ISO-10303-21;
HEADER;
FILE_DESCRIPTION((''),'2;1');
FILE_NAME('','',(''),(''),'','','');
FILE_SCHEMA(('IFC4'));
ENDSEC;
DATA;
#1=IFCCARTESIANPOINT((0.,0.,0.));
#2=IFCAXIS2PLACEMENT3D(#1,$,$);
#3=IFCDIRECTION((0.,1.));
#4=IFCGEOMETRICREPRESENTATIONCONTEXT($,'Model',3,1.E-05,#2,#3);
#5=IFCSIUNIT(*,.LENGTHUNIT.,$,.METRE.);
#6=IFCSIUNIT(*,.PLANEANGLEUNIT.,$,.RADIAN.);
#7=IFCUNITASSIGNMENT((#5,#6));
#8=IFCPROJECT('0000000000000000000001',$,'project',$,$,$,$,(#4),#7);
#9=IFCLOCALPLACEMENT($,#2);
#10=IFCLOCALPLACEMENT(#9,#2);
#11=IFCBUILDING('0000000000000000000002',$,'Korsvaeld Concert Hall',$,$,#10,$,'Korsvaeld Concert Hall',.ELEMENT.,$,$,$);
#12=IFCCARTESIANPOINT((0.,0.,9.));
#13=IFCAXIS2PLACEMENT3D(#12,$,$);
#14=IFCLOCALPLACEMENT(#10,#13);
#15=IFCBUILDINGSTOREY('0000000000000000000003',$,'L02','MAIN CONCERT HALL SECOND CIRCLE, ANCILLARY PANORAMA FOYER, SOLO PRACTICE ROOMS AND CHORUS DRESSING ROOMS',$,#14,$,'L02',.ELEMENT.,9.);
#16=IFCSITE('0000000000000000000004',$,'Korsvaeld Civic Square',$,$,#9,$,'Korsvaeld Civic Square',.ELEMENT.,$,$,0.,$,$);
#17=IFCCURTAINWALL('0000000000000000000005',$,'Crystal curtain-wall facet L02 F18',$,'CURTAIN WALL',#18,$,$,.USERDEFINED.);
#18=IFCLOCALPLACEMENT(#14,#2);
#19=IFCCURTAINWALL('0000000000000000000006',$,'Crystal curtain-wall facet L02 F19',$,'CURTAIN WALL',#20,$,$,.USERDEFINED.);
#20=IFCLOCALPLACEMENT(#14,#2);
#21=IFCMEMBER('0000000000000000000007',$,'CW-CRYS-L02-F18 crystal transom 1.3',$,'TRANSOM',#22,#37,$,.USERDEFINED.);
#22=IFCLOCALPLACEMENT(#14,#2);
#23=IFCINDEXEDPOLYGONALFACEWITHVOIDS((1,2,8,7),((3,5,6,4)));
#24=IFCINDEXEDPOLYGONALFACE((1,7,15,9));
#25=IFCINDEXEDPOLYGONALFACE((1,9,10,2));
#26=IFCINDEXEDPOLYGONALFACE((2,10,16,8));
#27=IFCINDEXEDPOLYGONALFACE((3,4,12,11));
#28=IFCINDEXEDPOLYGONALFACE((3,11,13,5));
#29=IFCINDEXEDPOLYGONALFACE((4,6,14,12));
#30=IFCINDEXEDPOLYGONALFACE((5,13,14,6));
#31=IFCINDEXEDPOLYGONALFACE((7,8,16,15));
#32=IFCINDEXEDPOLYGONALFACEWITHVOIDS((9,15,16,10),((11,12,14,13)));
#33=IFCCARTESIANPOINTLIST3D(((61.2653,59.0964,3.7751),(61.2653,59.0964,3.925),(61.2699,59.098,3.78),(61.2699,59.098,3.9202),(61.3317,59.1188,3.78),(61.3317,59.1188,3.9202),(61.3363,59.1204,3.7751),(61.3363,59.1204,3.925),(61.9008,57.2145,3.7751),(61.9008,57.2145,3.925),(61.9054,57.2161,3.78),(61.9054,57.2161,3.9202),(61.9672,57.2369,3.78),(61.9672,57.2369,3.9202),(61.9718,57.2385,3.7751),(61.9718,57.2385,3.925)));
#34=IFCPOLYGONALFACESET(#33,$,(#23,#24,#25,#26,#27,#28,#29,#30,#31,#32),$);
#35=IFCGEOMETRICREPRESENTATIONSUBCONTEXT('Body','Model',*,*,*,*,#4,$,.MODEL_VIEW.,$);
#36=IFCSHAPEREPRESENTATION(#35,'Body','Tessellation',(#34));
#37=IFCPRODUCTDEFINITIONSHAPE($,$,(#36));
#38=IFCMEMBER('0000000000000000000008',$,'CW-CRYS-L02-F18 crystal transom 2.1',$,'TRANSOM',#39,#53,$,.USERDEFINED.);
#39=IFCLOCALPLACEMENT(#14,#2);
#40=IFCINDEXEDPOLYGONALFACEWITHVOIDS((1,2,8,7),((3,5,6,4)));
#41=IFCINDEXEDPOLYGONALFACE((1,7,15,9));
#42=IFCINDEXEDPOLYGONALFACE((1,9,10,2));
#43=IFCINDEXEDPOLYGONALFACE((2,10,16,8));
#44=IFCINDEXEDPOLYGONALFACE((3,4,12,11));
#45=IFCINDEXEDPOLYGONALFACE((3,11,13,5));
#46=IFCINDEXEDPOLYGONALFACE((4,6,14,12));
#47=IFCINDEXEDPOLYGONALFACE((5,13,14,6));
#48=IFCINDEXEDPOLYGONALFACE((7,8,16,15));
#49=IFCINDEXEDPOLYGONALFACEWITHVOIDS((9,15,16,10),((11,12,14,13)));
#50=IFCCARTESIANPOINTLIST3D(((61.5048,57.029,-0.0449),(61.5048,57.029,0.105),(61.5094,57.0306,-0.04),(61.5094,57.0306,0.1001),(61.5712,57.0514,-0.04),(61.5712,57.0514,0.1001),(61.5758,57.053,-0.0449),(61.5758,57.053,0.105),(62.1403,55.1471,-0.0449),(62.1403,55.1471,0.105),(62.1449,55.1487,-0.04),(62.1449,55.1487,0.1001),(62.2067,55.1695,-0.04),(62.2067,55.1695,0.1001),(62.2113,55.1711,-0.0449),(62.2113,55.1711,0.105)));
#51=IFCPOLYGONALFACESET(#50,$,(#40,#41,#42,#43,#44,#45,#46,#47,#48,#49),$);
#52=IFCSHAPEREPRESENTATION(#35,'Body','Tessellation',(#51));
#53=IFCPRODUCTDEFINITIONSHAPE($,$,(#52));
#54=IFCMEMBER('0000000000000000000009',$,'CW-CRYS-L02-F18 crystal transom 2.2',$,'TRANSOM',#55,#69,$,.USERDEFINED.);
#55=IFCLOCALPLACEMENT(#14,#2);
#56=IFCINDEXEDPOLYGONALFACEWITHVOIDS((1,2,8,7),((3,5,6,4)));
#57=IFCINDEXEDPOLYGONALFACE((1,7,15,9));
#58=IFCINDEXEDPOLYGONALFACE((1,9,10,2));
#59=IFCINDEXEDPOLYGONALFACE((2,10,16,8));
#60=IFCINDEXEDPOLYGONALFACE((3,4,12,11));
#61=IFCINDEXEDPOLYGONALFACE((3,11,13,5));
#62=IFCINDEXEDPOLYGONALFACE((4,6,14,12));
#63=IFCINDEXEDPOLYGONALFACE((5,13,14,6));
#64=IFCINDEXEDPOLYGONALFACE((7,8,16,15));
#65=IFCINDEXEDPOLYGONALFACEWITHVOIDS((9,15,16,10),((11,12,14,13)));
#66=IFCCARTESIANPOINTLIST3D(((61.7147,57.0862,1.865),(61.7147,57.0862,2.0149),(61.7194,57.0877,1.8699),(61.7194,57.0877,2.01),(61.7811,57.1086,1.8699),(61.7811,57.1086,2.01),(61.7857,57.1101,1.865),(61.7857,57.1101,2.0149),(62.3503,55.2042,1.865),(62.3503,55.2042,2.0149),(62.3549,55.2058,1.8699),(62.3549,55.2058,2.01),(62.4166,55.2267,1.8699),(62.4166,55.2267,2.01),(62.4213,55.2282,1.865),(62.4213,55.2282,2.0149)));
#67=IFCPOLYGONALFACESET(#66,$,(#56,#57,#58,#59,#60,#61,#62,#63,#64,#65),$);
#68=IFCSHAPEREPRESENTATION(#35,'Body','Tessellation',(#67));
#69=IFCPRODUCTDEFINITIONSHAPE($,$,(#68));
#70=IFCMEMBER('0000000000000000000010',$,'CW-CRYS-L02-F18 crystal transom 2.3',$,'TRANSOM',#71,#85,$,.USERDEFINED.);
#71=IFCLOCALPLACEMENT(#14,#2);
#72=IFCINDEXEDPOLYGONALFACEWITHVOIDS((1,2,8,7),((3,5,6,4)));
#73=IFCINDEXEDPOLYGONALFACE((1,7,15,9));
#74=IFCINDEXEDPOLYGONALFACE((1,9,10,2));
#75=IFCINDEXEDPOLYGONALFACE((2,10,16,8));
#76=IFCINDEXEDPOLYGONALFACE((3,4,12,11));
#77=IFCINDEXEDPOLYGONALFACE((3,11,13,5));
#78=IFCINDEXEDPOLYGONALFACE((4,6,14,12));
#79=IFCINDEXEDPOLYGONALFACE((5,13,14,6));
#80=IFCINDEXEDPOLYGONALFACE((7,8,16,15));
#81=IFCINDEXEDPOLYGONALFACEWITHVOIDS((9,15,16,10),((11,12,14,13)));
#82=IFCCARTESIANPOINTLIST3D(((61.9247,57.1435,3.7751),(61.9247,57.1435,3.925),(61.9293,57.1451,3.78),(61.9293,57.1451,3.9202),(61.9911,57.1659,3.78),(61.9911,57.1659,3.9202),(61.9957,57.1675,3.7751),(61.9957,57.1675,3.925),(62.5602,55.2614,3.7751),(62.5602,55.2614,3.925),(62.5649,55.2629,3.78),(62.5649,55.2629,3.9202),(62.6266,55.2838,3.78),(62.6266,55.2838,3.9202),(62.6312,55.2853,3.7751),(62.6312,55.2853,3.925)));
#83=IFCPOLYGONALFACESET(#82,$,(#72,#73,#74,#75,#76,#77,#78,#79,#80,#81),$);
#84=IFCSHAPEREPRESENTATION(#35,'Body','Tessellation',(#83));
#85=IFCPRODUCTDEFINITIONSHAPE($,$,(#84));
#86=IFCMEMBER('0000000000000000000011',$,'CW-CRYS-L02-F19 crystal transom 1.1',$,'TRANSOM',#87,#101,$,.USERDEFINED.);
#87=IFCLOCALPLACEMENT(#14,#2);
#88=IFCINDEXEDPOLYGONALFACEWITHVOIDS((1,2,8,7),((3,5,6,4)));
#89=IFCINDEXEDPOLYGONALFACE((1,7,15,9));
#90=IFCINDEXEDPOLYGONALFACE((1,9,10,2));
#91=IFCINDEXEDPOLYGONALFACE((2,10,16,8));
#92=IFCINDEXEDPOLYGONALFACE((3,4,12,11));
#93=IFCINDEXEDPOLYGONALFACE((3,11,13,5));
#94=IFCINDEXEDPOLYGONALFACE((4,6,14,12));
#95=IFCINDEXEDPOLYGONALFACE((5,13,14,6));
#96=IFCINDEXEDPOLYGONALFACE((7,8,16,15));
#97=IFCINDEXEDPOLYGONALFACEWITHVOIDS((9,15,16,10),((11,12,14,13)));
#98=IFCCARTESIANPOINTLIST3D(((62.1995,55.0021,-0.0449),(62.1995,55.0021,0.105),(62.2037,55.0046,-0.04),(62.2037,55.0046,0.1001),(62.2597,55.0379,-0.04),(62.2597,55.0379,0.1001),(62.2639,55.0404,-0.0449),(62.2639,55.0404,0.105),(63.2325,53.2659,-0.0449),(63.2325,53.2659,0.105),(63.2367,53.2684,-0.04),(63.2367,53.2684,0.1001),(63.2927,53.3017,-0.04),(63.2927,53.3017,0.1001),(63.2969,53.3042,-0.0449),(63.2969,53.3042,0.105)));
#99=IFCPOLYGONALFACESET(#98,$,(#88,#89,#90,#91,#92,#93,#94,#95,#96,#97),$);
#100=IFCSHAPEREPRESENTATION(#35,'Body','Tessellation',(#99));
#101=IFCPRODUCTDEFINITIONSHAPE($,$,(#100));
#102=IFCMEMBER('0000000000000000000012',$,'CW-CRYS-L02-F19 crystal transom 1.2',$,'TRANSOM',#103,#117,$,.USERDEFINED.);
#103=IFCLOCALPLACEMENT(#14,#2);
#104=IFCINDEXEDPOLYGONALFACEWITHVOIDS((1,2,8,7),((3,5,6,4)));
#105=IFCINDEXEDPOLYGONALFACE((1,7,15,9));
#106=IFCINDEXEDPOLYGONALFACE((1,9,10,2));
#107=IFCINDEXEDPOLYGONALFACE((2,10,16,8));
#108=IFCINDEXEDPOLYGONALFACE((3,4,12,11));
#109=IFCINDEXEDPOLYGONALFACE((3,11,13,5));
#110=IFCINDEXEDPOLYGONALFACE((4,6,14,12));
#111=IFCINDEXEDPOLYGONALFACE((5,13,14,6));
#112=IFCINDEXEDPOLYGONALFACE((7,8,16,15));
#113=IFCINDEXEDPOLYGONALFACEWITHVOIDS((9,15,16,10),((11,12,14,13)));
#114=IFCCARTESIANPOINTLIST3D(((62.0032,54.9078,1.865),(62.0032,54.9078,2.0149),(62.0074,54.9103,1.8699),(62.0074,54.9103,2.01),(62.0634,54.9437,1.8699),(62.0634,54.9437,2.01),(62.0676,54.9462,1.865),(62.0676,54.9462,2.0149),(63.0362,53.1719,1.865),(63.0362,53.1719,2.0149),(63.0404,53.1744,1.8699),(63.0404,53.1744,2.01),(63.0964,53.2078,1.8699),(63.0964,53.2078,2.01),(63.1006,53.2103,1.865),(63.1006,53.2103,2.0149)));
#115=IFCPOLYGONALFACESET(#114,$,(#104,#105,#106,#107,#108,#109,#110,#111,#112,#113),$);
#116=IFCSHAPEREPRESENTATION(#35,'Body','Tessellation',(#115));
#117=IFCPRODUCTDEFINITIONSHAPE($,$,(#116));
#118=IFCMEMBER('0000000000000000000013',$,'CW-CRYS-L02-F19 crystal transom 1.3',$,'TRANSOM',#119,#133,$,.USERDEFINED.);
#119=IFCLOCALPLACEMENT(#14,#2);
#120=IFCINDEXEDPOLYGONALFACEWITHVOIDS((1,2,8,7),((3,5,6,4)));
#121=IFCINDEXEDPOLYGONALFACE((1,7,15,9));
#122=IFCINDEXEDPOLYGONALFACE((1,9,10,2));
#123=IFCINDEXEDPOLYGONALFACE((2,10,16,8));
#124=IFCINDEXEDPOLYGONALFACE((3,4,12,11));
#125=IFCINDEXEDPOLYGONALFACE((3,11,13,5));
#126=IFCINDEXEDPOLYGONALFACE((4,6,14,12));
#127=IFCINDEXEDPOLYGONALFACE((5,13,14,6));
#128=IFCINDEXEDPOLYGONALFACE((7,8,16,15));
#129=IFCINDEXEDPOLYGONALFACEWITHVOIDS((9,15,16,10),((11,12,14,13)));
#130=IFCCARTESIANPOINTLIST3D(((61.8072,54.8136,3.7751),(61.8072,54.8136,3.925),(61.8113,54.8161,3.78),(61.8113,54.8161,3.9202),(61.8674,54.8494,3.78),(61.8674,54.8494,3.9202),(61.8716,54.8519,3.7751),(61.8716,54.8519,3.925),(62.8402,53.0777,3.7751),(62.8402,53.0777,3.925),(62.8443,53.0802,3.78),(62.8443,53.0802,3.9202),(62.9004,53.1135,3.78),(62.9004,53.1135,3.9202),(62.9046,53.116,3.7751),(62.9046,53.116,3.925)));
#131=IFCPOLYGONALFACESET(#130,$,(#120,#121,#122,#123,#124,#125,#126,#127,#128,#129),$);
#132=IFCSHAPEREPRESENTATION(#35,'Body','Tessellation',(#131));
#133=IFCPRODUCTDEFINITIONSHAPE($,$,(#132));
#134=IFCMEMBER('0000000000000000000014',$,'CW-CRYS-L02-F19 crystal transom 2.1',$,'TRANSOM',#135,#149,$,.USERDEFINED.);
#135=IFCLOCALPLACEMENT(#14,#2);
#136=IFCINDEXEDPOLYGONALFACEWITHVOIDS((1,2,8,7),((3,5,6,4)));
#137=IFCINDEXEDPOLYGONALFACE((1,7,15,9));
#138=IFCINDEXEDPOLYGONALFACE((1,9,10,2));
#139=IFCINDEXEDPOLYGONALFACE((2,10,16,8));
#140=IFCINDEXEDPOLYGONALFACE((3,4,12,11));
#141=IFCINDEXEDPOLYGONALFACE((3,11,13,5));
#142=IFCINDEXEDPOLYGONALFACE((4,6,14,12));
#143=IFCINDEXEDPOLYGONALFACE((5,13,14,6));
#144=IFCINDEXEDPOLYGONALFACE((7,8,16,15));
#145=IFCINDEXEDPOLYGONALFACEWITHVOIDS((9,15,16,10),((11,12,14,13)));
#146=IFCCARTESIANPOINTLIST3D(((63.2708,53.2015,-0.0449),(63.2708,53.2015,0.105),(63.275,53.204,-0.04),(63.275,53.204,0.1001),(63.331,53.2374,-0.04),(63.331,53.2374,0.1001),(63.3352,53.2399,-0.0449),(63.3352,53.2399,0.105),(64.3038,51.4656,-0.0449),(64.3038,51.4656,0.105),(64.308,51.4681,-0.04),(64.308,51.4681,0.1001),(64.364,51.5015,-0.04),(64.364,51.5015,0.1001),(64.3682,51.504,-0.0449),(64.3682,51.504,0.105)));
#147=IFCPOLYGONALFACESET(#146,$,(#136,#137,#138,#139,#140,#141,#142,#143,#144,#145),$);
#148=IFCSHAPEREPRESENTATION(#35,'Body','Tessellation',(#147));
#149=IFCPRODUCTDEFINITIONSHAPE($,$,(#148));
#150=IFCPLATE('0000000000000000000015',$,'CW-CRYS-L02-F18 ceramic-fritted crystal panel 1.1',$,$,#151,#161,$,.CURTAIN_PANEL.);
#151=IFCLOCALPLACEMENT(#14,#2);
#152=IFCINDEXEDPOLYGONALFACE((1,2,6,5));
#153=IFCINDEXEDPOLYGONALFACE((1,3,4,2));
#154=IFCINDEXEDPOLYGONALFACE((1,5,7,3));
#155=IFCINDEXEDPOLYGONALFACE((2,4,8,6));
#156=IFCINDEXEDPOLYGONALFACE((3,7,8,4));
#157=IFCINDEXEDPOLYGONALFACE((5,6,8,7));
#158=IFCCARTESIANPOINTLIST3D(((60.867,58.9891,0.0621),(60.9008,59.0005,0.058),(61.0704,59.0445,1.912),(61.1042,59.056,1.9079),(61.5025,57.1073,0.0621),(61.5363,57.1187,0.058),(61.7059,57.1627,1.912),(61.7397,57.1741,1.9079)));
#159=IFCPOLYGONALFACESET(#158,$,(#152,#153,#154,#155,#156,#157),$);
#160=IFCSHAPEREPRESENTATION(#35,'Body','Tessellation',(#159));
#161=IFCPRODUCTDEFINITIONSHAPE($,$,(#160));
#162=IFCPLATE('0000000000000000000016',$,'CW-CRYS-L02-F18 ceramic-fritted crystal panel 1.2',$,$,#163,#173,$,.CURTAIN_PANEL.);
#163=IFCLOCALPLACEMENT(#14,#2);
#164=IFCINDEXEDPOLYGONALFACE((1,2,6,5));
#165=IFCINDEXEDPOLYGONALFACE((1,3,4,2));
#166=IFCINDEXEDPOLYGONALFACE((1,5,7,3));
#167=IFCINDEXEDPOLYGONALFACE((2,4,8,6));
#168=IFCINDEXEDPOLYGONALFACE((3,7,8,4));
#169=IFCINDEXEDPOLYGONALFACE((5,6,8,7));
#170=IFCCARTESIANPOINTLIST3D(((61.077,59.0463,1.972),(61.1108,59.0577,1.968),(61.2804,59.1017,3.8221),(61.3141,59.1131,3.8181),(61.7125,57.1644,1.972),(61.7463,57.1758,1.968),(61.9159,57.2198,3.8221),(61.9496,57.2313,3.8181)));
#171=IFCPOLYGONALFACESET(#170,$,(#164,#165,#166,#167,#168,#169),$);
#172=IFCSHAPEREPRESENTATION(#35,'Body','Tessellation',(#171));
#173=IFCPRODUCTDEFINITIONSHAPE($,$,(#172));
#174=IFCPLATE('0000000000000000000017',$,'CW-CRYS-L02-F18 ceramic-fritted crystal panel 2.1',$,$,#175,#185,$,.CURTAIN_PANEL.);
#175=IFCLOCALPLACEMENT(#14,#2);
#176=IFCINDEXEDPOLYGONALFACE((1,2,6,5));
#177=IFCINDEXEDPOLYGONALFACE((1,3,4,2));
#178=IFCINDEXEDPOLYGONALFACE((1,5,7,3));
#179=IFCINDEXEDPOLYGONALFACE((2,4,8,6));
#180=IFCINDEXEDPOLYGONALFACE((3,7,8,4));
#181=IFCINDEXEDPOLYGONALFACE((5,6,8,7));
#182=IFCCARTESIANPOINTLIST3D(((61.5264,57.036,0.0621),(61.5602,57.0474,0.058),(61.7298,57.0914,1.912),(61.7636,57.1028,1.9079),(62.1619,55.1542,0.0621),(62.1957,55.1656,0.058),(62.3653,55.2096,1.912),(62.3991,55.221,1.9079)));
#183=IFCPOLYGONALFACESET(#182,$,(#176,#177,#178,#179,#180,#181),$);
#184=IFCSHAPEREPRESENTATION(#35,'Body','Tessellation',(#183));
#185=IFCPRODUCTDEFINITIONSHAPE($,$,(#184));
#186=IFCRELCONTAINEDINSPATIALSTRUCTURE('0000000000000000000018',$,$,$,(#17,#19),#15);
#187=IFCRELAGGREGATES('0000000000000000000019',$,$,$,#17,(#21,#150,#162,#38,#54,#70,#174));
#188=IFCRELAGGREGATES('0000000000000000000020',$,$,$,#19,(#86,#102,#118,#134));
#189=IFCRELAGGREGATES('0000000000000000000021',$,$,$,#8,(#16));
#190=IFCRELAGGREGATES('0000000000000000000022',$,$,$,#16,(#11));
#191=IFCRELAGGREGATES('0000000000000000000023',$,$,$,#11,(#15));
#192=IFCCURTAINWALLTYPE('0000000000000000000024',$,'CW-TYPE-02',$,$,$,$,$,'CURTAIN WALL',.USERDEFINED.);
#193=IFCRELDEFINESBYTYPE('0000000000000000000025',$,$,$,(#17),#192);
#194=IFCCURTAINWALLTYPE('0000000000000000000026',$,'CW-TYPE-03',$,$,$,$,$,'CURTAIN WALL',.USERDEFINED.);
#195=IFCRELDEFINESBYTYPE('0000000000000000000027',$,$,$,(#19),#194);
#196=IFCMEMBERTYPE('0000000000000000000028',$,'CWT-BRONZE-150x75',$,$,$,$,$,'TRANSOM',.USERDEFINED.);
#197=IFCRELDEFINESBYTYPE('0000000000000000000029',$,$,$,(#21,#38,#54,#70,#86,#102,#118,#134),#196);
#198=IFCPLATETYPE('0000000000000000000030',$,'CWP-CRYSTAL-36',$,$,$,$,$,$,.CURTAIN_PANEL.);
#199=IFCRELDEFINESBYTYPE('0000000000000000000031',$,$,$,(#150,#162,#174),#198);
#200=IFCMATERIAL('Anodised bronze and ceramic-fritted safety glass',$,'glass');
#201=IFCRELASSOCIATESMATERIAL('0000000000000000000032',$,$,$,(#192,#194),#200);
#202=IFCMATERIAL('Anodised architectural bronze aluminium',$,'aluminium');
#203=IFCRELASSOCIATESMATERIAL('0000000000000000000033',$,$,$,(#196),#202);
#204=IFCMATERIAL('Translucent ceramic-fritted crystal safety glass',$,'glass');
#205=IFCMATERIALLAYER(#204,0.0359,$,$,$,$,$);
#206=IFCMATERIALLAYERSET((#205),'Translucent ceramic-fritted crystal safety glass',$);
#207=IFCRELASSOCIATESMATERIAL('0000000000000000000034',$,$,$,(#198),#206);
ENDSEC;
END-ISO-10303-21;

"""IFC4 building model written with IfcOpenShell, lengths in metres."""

from ifc_helpers import new_model, si_unit, direction, frame, origin, origin_2d, place, context, subcontext, project, spatial, polyline, hollow_rectangle, outline, extrude, material, layer, layer_set, material_profile, profile_set, type_object, element, aggregate, save


model = new_model("IFC4")

# Units and contexts
model_context = context("Model", 3, precision=1e-05, world=origin(), true_north=direction((0.0, 1.0)))
body_context = subcontext(model_context, "Body", "Model", "MODEL_VIEW")
ifc_project = project(units=[si_unit("LENGTHUNIT", "METRE"), si_unit("PLANEANGLEUNIT", "RADIAN")], contexts=[model_context])

# Site, building, storey
site_placement = place(None, origin())
site = spatial("IfcSite", under=ifc_project, at=site_placement, Name="Korsvaeld Civic Square", LongName="Korsvaeld Civic Square", CompositionType="ELEMENT", RefElevation=0.0)
building_placement = place(site_placement, origin())
building = spatial("IfcBuilding", under=site, at=building_placement, Name="Korsvaeld Concert Hall", LongName="Korsvaeld Concert Hall", CompositionType="ELEMENT")
storey_placement = place(building_placement, frame((0.0, 0.0, 9.0)))
storey = spatial("IfcBuildingStorey", under=building, at=storey_placement, Name="L02", Description="MAIN CONCERT HALL SECOND CIRCLE, ANCILLARY PANORAMA FOYER, SOLO PRACTICE ROOMS AND CHORUS DRESSING ROOMS", LongName="L02", CompositionType="ELEMENT", Elevation=9.0)

# Curtain walls
ifc_material_1 = material(Name="Anodised bronze and ceramic-fritted safety glass", Category="glass")
curtain_wall_type_1 = type_object("IfcCurtainWallType", Name="CW-TYPE-02", ElementType="CURTAIN WALL", PredefinedType="USERDEFINED", material=ifc_material_1)
curtain_wall_1_placement = place(storey_placement, origin())
curtain_wall_1 = element("IfcCurtainWall", 1, at=curtain_wall_1_placement, inside=storey, type_object=curtain_wall_type_1, Name="Crystal curtain-wall facet L02 F18", ObjectType="CURTAIN WALL", PredefinedType="USERDEFINED")
ifc_material_2 = material(Name="Anodised architectural bronze aluminium", Category="aluminium")
curtain_wall_type_2 = type_object("IfcCurtainWallType", Name="CW-TYPE-03", ElementType="CURTAIN WALL", PredefinedType="USERDEFINED", material=ifc_material_1)
curtain_wall_2_placement = place(storey_placement, origin())
curtain_wall_2 = element("IfcCurtainWall", 2, at=curtain_wall_2_placement, inside=storey, type_object=curtain_wall_type_2, Name="Crystal curtain-wall facet L02 F19", ObjectType="CURTAIN WALL", PredefinedType="USERDEFINED")

# Members
ifc_material_profile_1 = material_profile(ifc_material_2, hollow_rectangle(XDim=0.075, YDim=0.1499, WallThickness=0.0049, at=origin_2d()), Name="CWT 150x75x5")
ifc_profile_set_1 = profile_set([ifc_material_profile_1], Name="Anodised architectural bronze aluminium")
member_type_1 = type_object("IfcMemberType", Name="CWT-BRONZE-150x75", ElementType="TRANSOM", PredefinedType="USERDEFINED", material=ifc_profile_set_1)
member_1_placement = place(storey_placement, frame((61.3008, 59.1084, 3.8501), z_axis=(0.31995, -0.947435, 0.0), x_axis=(0.947435, 0.31995, 0.0)))
member_1 = element("IfcMember", 3, at=member_1_placement, type_object=member_type_1, Name="CW-CRYS-L02-F18 crystal transom 1.3", ObjectType="TRANSOM", PredefinedType="USERDEFINED", context=body_context, shape_type="SweptSolid", body=[
    extrude(hollow_rectangle(XDim=0.075, YDim=0.1499, WallThickness=0.0049, at=origin_2d()), origin(), (0.0, 0.0, 1.0), 1.9863),
])
member_2_placement = place(storey_placement, frame((61.5403, 57.041, 0.03), z_axis=(0.31995, -0.947435, 0.0), x_axis=(0.947435, 0.31995, 0.0)))
member_2 = element("IfcMember", 4, at=member_2_placement, type_object=member_type_1, Name="CW-CRYS-L02-F18 crystal transom 2.1", ObjectType="TRANSOM", PredefinedType="USERDEFINED", context=body_context, shape_type="SweptSolid", body=[
    extrude(hollow_rectangle(XDim=0.075, YDim=0.1499, WallThickness=0.0049, at=origin_2d()), origin(), (0.0, 0.0, 1.0), 1.9863),
])
member_3_placement = place(storey_placement, frame((61.7502, 57.0981, 1.9399), z_axis=(0.31995, -0.947435, 0.0), x_axis=(0.947435, 0.31995, 0.0)))
member_3 = element("IfcMember", 5, at=member_3_placement, type_object=member_type_1, Name="CW-CRYS-L02-F18 crystal transom 2.2", ObjectType="TRANSOM", PredefinedType="USERDEFINED", context=body_context, shape_type="SweptSolid", body=[
    extrude(hollow_rectangle(XDim=0.075, YDim=0.1499, WallThickness=0.0049, at=origin_2d()), origin(), (0.0, 0.0, 1.0), 1.9863),
])
member_4_placement = place(storey_placement, frame((61.9602, 57.1555, 3.8501), z_axis=(0.319912, -0.947447, 0.0), x_axis=(0.947447, 0.319912, 0.0)))
member_4 = element("IfcMember", 6, at=member_4_placement, type_object=member_type_1, Name="CW-CRYS-L02-F18 crystal transom 2.3", ObjectType="TRANSOM", PredefinedType="USERDEFINED", context=body_context, shape_type="SweptSolid", body=[
    extrude(hollow_rectangle(XDim=0.075, YDim=0.1499, WallThickness=0.0049, at=origin_2d()), origin(), (0.0, 0.0, 1.0), 1.9866),
])
member_5_placement = place(storey_placement, frame((62.2317, 55.0212, 0.03), z_axis=(0.511329, -0.859385, 0.0), x_axis=(0.859385, 0.511329, 0.0)))
member_5 = element("IfcMember", 7, at=member_5_placement, type_object=member_type_1, Name="CW-CRYS-L02-F19 crystal transom 1.1", ObjectType="TRANSOM", PredefinedType="USERDEFINED", context=body_context, shape_type="SweptSolid", body=[
    extrude(hollow_rectangle(XDim=0.075, YDim=0.1499, WallThickness=0.0049, at=origin_2d()), origin(), (0.0, 0.0, 1.0), 2.0203),
])
member_6_placement = place(storey_placement, frame((62.0354, 54.927, 1.9399), z_axis=(0.511382, -0.859354, 0.0), x_axis=(0.859354, 0.511382, 0.0)))
member_6 = element("IfcMember", 8, at=member_6_placement, type_object=member_type_1, Name="CW-CRYS-L02-F19 crystal transom 1.2", ObjectType="TRANSOM", PredefinedType="USERDEFINED", context=body_context, shape_type="SweptSolid", body=[
    extrude(hollow_rectangle(XDim=0.075, YDim=0.1499, WallThickness=0.0049, at=origin_2d()), origin(), (0.0, 0.0, 1.0), 2.02),
])
member_7_placement = place(storey_placement, frame((61.8394, 54.8328, 3.8501), z_axis=(0.511382, -0.859354, 0.0), x_axis=(0.859354, 0.511382, 0.0)))
member_7 = element("IfcMember", 9, at=member_7_placement, type_object=member_type_1, Name="CW-CRYS-L02-F19 crystal transom 1.3", ObjectType="TRANSOM", PredefinedType="USERDEFINED", context=body_context, shape_type="SweptSolid", body=[
    extrude(hollow_rectangle(XDim=0.075, YDim=0.1499, WallThickness=0.0049, at=origin_2d()), origin(), (0.0, 0.0, 1.0), 2.02),
])
member_8_placement = place(storey_placement, frame((63.303, 53.2207, 0.03), z_axis=(0.511382, -0.859354, 0.0), x_axis=(0.859354, 0.511382, 0.0)))
member_8 = element("IfcMember", 10, at=member_8_placement, type_object=member_type_1, Name="CW-CRYS-L02-F19 crystal transom 2.1", ObjectType="TRANSOM", PredefinedType="USERDEFINED", context=body_context, shape_type="SweptSolid", body=[
    extrude(hollow_rectangle(XDim=0.075, YDim=0.1499, WallThickness=0.0049, at=origin_2d()), origin(), (0.0, 0.0, 1.0), 2.02),
])

# Plates
ifc_material_3 = material(Name="Translucent ceramic-fritted crystal safety glass", Category="glass")
ifc_layer_1 = layer(ifc_material_3, 0.0359)
ifc_layer_set_1 = layer_set([ifc_layer_1], Name="Translucent ceramic-fritted crystal safety glass")
plate_type = type_object("IfcPlateType", Name="CWP-CRYSTAL-36", PredefinedType="CURTAIN_PANEL", material=ifc_layer_set_1)
plate_1_placement = place(storey_placement, frame((60.884, 58.9949, 0.0601), z_axis=(-0.941365, -0.3179, 0.113016), x_axis=(0.31995, -0.947435, 0.0)))
plate_1 = element("IfcPlate", 11, at=plate_1_placement, type_object=plate_type, Name="CW-CRYS-L02-F18 ceramic-fritted crystal panel 1.1", PredefinedType="CURTAIN_PANEL", context=body_context, shape_type="SweptSolid", body=[
    extrude(outline(polyline([(0.0, 0.0), (1.9862, 0.0), (1.9988, 1.8618), (0.0126, 1.8618), (0.0, 0.0)])), frame((0.0, 0.0, 0.0181)), (0.0, 0.0, -1.0), 0.0359),
])
plate_2_placement = place(storey_placement, frame((61.094, 59.052, 1.97), z_axis=(-0.941366, -0.3179, 0.113001), x_axis=(0.31995, -0.947435, 0.0)))
plate_2 = element("IfcPlate", 12, at=plate_2_placement, type_object=plate_type, Name="CW-CRYS-L02-F18 ceramic-fritted crystal panel 1.2", PredefinedType="CURTAIN_PANEL", context=body_context, shape_type="SweptSolid", body=[
    extrude(outline(polyline([(0.0, 0.0), (1.9862, 0.0), (1.9988, 1.862), (0.0126, 1.862), (0.0, 0.0)])), frame((0.0, 0.0, 0.0181)), (0.0, 0.0, -1.0), 0.0359),
])
plate_3_placement = place(storey_placement, frame((61.5435, 57.0417, 0.0601), z_axis=(-0.941365, -0.3179, 0.113016), x_axis=(0.31995, -0.947435, 0.0)))
plate_3 = element("IfcPlate", 13, at=plate_3_placement, type_object=plate_type, Name="CW-CRYS-L02-F18 ceramic-fritted crystal panel 2.1", PredefinedType="CURTAIN_PANEL", context=body_context, shape_type="SweptSolid", body=[
    extrude(outline(polyline([(0.0, 0.0), (1.9862, 0.0), (1.9988, 1.8618), (0.0126, 1.8618), (0.0, 0.0)])), frame((0.0, 0.0, 0.0181)), (0.0, 0.0, -1.0), 0.0359),
])
aggregate(curtain_wall_1, [member_1, plate_1, plate_2, member_2, member_3, member_4, plate_3])
aggregate(curtain_wall_2, [member_5, member_6, member_7, member_8])

save(model, "model.ifc")
